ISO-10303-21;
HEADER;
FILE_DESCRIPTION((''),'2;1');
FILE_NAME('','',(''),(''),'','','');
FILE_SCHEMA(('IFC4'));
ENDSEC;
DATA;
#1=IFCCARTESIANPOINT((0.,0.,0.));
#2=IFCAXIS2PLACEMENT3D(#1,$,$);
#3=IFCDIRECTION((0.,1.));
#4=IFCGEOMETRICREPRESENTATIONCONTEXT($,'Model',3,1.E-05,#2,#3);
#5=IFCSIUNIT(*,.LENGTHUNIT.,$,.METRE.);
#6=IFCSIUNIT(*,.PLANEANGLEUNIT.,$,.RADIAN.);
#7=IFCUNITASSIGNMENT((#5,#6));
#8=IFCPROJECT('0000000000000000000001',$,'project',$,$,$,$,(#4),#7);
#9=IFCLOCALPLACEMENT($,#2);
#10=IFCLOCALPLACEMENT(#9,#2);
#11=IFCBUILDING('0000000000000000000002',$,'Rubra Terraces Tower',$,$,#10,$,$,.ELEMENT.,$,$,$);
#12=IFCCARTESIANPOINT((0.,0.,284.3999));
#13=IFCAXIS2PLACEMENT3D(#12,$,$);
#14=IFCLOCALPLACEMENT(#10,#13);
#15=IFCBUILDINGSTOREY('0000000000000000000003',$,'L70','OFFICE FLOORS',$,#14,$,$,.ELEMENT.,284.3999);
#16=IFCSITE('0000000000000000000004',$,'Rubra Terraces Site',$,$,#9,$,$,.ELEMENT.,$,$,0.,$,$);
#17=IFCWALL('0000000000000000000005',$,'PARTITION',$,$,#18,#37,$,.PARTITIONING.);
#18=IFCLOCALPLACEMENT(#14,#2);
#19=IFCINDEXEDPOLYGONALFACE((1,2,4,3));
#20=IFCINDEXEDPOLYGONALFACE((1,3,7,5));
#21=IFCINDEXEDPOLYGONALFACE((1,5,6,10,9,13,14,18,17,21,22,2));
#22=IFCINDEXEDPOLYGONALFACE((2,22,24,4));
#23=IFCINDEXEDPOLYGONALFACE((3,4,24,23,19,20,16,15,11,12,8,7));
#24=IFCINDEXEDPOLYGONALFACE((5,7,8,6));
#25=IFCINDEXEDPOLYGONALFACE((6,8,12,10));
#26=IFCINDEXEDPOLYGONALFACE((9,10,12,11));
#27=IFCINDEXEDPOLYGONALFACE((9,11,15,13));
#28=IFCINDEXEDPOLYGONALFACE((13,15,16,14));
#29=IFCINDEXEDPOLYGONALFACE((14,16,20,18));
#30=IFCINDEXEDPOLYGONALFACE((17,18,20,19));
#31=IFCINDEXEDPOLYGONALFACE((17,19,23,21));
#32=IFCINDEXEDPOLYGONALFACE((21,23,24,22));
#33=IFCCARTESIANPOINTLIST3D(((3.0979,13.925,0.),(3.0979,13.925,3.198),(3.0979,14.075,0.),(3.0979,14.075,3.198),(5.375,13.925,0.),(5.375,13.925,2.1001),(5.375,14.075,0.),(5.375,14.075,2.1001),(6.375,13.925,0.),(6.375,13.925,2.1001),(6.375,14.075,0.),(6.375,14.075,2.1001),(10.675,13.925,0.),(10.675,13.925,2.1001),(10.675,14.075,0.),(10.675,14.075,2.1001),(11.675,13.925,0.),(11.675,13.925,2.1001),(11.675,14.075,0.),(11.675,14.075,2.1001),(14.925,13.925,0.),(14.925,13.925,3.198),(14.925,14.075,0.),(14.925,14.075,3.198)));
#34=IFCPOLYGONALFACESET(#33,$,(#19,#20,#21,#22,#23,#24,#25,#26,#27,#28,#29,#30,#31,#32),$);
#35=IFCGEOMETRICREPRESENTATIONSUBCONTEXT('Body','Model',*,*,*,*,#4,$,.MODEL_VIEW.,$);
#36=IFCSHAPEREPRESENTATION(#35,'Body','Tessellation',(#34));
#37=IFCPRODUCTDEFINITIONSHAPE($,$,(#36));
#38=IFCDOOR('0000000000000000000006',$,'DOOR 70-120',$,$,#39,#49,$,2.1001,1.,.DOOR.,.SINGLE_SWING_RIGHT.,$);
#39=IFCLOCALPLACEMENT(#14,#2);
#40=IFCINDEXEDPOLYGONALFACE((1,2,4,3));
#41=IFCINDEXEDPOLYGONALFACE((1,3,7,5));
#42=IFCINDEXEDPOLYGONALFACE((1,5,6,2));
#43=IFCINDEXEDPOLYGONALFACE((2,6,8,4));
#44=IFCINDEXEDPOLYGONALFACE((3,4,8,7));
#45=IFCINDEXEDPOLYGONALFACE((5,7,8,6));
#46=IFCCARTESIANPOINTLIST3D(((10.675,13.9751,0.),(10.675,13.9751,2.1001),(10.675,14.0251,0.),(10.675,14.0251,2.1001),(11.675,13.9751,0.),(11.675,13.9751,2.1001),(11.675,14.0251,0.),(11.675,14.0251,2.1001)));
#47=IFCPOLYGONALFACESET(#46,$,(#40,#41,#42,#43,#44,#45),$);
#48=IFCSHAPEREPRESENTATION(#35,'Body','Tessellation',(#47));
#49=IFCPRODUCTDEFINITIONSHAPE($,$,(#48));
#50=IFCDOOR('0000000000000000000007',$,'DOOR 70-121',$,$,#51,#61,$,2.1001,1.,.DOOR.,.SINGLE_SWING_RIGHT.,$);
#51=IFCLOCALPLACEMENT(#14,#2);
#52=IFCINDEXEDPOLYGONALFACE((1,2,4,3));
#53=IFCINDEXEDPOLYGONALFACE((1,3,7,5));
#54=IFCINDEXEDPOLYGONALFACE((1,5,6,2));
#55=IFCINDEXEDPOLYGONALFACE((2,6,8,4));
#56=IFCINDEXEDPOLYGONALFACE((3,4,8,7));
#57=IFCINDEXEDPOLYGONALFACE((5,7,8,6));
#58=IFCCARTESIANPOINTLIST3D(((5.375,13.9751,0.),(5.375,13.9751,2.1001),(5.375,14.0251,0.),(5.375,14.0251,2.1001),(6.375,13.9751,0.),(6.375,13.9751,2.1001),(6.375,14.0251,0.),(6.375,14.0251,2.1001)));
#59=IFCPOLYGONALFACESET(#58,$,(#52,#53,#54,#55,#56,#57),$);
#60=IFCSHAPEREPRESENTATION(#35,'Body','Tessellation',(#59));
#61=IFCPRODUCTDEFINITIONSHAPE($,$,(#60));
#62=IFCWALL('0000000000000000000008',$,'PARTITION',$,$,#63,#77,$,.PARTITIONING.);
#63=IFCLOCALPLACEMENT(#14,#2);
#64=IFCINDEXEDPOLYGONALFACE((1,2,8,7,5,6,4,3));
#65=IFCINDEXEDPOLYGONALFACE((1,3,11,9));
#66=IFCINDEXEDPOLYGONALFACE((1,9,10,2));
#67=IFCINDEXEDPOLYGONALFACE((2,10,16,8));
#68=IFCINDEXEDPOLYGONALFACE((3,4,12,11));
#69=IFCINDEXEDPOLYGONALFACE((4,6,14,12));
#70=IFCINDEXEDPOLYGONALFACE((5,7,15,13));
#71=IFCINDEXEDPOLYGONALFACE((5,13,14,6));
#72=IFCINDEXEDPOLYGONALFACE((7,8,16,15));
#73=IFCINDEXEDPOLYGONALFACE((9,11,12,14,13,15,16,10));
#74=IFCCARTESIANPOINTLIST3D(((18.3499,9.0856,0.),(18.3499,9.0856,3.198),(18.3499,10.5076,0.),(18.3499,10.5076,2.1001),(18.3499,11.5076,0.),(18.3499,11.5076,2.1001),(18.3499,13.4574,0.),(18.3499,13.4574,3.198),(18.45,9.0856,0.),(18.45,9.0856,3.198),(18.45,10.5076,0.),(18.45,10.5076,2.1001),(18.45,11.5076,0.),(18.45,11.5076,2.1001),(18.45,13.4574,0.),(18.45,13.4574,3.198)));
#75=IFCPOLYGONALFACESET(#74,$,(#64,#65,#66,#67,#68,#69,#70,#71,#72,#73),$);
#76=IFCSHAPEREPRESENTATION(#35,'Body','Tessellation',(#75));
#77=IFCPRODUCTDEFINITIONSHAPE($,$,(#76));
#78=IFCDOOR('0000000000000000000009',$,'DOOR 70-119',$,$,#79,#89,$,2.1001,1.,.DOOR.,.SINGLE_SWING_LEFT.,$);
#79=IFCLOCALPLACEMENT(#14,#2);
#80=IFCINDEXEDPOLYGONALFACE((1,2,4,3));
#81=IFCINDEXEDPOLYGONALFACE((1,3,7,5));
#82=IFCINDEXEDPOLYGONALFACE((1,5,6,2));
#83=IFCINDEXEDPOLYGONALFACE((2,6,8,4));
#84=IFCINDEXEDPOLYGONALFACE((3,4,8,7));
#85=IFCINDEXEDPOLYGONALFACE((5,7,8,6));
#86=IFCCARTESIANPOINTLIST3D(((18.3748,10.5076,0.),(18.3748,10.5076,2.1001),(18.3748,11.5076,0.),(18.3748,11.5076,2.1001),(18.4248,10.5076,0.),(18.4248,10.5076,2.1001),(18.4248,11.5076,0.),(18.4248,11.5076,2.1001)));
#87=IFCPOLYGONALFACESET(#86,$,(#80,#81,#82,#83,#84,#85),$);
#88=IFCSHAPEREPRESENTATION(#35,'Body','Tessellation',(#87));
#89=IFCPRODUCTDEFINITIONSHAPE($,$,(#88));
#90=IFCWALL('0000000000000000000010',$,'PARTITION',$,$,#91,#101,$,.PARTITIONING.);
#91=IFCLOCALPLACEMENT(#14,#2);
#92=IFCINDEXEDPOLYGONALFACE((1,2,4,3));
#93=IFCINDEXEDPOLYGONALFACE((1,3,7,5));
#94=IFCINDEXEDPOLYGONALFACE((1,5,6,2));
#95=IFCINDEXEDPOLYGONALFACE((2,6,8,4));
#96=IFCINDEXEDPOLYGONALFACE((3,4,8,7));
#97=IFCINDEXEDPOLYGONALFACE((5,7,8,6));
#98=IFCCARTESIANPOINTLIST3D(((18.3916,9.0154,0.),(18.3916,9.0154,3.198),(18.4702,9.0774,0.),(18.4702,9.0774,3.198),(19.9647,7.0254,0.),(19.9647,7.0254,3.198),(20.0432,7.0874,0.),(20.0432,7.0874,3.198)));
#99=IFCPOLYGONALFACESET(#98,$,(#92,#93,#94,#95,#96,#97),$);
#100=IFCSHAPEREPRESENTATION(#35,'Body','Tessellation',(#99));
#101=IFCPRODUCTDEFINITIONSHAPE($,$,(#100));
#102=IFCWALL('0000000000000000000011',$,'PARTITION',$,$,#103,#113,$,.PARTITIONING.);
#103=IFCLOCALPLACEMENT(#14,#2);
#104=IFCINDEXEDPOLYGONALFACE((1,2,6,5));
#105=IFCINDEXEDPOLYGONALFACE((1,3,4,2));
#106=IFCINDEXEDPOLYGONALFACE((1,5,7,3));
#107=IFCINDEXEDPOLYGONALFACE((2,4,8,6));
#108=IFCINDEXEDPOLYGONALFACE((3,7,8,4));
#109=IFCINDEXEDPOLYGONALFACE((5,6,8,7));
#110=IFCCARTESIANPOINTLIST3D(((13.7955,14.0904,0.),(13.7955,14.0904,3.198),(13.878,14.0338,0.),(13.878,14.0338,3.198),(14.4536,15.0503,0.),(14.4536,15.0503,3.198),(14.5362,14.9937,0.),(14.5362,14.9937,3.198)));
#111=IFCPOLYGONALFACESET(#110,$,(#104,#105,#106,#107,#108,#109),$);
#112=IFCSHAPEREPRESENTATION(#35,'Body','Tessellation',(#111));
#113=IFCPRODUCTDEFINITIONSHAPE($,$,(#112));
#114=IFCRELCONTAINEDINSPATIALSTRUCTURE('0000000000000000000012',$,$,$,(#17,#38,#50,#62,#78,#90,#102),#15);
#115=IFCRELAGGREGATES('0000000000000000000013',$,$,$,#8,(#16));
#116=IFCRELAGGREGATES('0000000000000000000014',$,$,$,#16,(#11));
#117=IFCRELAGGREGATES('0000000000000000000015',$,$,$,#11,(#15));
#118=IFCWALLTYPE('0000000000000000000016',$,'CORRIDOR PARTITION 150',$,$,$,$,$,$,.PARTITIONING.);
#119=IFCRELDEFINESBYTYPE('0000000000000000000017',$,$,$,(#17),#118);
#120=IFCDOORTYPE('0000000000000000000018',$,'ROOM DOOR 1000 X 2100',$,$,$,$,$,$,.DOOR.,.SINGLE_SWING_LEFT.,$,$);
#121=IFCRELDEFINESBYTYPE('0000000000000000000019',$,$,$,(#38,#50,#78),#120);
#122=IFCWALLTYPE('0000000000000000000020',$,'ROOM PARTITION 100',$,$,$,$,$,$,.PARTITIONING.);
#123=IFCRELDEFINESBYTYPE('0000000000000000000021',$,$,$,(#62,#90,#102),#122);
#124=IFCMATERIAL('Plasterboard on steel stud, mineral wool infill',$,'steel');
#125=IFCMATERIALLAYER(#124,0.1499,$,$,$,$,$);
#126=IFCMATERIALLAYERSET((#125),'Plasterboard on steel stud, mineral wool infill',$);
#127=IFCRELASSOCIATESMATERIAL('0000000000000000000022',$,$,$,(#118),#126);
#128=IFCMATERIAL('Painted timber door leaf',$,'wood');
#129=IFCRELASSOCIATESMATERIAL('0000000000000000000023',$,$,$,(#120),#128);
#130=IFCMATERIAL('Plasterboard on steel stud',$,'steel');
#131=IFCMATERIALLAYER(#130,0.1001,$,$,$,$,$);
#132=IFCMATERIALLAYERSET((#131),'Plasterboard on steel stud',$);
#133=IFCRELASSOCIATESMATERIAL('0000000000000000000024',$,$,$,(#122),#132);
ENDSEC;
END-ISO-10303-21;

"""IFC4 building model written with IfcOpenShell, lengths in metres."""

from ifc_helpers import new_model, si_unit, direction, frame, frame_2d, origin, place, context, subcontext, project, spatial, rectangle, extrude, material, layer, layer_set, type_object, element, fill, save


model = new_model("IFC4")

# Units and contexts
model_context = context("Model", 3, precision=1e-05, world=origin(), true_north=direction((0.0, 1.0)))
body_context = subcontext(model_context, "Body", "Model", "MODEL_VIEW")
ifc_project = project(units=[si_unit("LENGTHUNIT", "METRE"), si_unit("PLANEANGLEUNIT", "RADIAN")], contexts=[model_context])

# Site, building, storey
site_placement = place(None, origin())
site = spatial("IfcSite", under=ifc_project, at=site_placement, Name="Rubra Terraces Site", CompositionType="ELEMENT", RefElevation=0.0)
building_placement = place(site_placement, origin())
building = spatial("IfcBuilding", under=site, at=building_placement, Name="Rubra Terraces Tower", CompositionType="ELEMENT")
storey_placement = place(building_placement, frame((0.0, 0.0, 284.3999)))
storey = spatial("IfcBuildingStorey", under=building, at=storey_placement, Name="L70", Description="OFFICE FLOORS", CompositionType="ELEMENT", Elevation=284.3999)

# Wall, openings, doors
ifc_material_1 = material(Name="Plasterboard on steel stud, mineral wool infill", Category="steel")
ifc_layer_1 = layer(ifc_material_1, 0.1499)
ifc_layer_set_1 = layer_set([ifc_layer_1], Name="Plasterboard on steel stud, mineral wool infill")
wall_type_1 = type_object("IfcWallType", Name="CORRIDOR PARTITION 150", PredefinedType="PARTITIONING", material=ifc_layer_set_1)
wall_1_placement = place(storey_placement, frame((14.925, 14.0, 0.0), z_axis=(0.0, 0.0, 1.0), x_axis=(-1.0, 0.0, 0.0)))
wall_1 = element("IfcWall", 1, at=wall_1_placement, inside=storey, type_object=wall_type_1, Name="PARTITION", PredefinedType="PARTITIONING", context=body_context, shape_type="SweptSolid", body=[
    extrude(rectangle(XDim=11.8271, YDim=0.1499, at=frame_2d((5.9136, 0.0))), origin(), (0.0, 0.0, 1.0), 3.198),
])
opening_1_placement = place(wall_1_placement, frame((3.25, 0.0, 0.0)))
opening_1 = element("IfcOpeningElement", 2, at=opening_1_placement, cuts=wall_1, PredefinedType="OPENING", context=body_context, shape_type="SweptSolid", body=[
    extrude(rectangle(XDim=1.0, YDim=2.1001, at=frame_2d((0.5, 1.05))), frame((0.0, 0.085, 0.0), z_axis=(0.0, -1.0, 0.0), x_axis=(1.0, 0.0, 0.0)), (0.0, 0.0, 1.0), 0.1699),
])
opening_2_placement = place(wall_1_placement, frame((8.55, 0.0, 0.0)))
opening_2 = element("IfcOpeningElement", 3, at=opening_2_placement, cuts=wall_1, PredefinedType="OPENING", context=body_context, shape_type="SweptSolid", body=[
    extrude(rectangle(XDim=1.0, YDim=2.1001, at=frame_2d((0.5, 1.05))), frame((0.0, 0.085, 0.0), z_axis=(0.0, -1.0, 0.0), x_axis=(1.0, 0.0, 0.0)), (0.0, 0.0, 1.0), 0.1699),
])
ifc_material_2 = material(Name="Painted timber door leaf", Category="wood")
door_type = type_object("IfcDoorType", Name="ROOM DOOR 1000 X 2100", OperationType="SINGLE_SWING_LEFT", PredefinedType="DOOR", material=ifc_material_2)
door_1_placement = place(opening_1_placement, origin())
door_1 = element("IfcDoor", 4, at=door_1_placement, inside=storey, type_object=door_type, Name="DOOR 70-120", OperationType="SINGLE_SWING_RIGHT", OverallHeight=2.1001, OverallWidth=1.0, PredefinedType="DOOR", context=body_context, shape_type="SweptSolid", body=[
    extrude(rectangle(XDim=1.0, YDim=2.1001, at=frame_2d((0.5, 1.05))), frame((0.0, 0.0249, 0.0), z_axis=(0.0, -1.0, 0.0), x_axis=(1.0, 0.0, 0.0)), (0.0, 0.0, 1.0), 0.05),
])
fill(opening_1, door_1)
door_2_placement = place(opening_2_placement, origin())
door_2 = element("IfcDoor", 5, at=door_2_placement, inside=storey, type_object=door_type, Name="DOOR 70-121", OperationType="SINGLE_SWING_RIGHT", OverallHeight=2.1001, OverallWidth=1.0, PredefinedType="DOOR", context=body_context, shape_type="SweptSolid", body=[
    extrude(rectangle(XDim=1.0, YDim=2.1001, at=frame_2d((0.5, 1.05))), frame((0.0, 0.0249, 0.0), z_axis=(0.0, -1.0, 0.0), x_axis=(1.0, 0.0, 0.0)), (0.0, 0.0, 1.0), 0.05),
])
fill(opening_2, door_2)

# Wall, opening, door
ifc_material_3 = material(Name="Plasterboard on steel stud", Category="steel")
ifc_layer_2 = layer(ifc_material_3, 0.1001)
ifc_layer_set_2 = layer_set([ifc_layer_2], Name="Plasterboard on steel stud")
wall_type_2 = type_object("IfcWallType", Name="ROOM PARTITION 100", PredefinedType="PARTITIONING", material=ifc_layer_set_2)
wall_2_placement = place(storey_placement, frame((18.3999, 13.4575, 0.0), z_axis=(0.0, 0.0, 1.0), x_axis=(0.0, -1.0, 0.0)))
wall_2 = element("IfcWall", 6, at=wall_2_placement, inside=storey, type_object=wall_type_2, Name="PARTITION", PredefinedType="PARTITIONING", context=body_context, shape_type="SweptSolid", body=[
    extrude(rectangle(XDim=4.3718, YDim=0.1001, at=frame_2d((2.186, 0.0))), origin(), (0.0, 0.0, 1.0), 3.198),
])
opening_3_placement = place(wall_2_placement, frame((1.95, 0.0, 0.0)))
opening_3 = element("IfcOpeningElement", 7, at=opening_3_placement, cuts=wall_2, PredefinedType="OPENING", context=body_context, shape_type="SweptSolid", body=[
    extrude(rectangle(XDim=1.0, YDim=2.1001, at=frame_2d((0.5, 1.05))), frame((0.0, 0.0601, 0.0), z_axis=(0.0, -1.0, 0.0), x_axis=(1.0, 0.0, 0.0)), (0.0, 0.0, 1.0), 0.1201),
])
door_3_placement = place(opening_3_placement, origin())
door_3 = element("IfcDoor", 8, at=door_3_placement, inside=storey, type_object=door_type, Name="DOOR 70-119", OperationType="SINGLE_SWING_LEFT", OverallHeight=2.1001, OverallWidth=1.0, PredefinedType="DOOR", context=body_context, shape_type="SweptSolid", body=[
    extrude(rectangle(XDim=1.0, YDim=2.1001, at=frame_2d((0.5, 1.05))), frame((0.0, 0.0249, 0.0), z_axis=(0.0, -1.0, 0.0), x_axis=(1.0, 0.0, 0.0)), (0.0, 0.0, 1.0), 0.05),
])
fill(opening_3, door_3)

# Walls
wall_3_placement = place(storey_placement, frame((18.4309, 9.0464, 0.0), z_axis=(0.0, 0.0, 1.0), x_axis=(0.620119, -0.784508, 0.0)))
element("IfcWall", 9, at=wall_3_placement, inside=storey, type_object=wall_type_2, Name="PARTITION", PredefinedType="PARTITIONING", context=body_context, shape_type="SweptSolid", body=[
    extrude(rectangle(XDim=2.5366, YDim=0.1001, at=frame_2d((1.2683, 0.0))), origin(), (0.0, 0.0, 1.0), 3.198),
])
wall_4_placement = place(storey_placement, frame((13.8367, 14.062, 0.0), z_axis=(0.0, 0.0, 1.0), x_axis=(0.565496, 0.824751, 0.0)))
element("IfcWall", 10, at=wall_4_placement, inside=storey, type_object=wall_type_2, Name="PARTITION", PredefinedType="PARTITIONING", context=body_context, shape_type="SweptSolid", body=[
    extrude(rectangle(XDim=1.1638, YDim=0.1001, at=frame_2d((0.582, 0.0))), origin(), (0.0, 0.0, 1.0), 3.198),
])

save(model, "model.ifc")
